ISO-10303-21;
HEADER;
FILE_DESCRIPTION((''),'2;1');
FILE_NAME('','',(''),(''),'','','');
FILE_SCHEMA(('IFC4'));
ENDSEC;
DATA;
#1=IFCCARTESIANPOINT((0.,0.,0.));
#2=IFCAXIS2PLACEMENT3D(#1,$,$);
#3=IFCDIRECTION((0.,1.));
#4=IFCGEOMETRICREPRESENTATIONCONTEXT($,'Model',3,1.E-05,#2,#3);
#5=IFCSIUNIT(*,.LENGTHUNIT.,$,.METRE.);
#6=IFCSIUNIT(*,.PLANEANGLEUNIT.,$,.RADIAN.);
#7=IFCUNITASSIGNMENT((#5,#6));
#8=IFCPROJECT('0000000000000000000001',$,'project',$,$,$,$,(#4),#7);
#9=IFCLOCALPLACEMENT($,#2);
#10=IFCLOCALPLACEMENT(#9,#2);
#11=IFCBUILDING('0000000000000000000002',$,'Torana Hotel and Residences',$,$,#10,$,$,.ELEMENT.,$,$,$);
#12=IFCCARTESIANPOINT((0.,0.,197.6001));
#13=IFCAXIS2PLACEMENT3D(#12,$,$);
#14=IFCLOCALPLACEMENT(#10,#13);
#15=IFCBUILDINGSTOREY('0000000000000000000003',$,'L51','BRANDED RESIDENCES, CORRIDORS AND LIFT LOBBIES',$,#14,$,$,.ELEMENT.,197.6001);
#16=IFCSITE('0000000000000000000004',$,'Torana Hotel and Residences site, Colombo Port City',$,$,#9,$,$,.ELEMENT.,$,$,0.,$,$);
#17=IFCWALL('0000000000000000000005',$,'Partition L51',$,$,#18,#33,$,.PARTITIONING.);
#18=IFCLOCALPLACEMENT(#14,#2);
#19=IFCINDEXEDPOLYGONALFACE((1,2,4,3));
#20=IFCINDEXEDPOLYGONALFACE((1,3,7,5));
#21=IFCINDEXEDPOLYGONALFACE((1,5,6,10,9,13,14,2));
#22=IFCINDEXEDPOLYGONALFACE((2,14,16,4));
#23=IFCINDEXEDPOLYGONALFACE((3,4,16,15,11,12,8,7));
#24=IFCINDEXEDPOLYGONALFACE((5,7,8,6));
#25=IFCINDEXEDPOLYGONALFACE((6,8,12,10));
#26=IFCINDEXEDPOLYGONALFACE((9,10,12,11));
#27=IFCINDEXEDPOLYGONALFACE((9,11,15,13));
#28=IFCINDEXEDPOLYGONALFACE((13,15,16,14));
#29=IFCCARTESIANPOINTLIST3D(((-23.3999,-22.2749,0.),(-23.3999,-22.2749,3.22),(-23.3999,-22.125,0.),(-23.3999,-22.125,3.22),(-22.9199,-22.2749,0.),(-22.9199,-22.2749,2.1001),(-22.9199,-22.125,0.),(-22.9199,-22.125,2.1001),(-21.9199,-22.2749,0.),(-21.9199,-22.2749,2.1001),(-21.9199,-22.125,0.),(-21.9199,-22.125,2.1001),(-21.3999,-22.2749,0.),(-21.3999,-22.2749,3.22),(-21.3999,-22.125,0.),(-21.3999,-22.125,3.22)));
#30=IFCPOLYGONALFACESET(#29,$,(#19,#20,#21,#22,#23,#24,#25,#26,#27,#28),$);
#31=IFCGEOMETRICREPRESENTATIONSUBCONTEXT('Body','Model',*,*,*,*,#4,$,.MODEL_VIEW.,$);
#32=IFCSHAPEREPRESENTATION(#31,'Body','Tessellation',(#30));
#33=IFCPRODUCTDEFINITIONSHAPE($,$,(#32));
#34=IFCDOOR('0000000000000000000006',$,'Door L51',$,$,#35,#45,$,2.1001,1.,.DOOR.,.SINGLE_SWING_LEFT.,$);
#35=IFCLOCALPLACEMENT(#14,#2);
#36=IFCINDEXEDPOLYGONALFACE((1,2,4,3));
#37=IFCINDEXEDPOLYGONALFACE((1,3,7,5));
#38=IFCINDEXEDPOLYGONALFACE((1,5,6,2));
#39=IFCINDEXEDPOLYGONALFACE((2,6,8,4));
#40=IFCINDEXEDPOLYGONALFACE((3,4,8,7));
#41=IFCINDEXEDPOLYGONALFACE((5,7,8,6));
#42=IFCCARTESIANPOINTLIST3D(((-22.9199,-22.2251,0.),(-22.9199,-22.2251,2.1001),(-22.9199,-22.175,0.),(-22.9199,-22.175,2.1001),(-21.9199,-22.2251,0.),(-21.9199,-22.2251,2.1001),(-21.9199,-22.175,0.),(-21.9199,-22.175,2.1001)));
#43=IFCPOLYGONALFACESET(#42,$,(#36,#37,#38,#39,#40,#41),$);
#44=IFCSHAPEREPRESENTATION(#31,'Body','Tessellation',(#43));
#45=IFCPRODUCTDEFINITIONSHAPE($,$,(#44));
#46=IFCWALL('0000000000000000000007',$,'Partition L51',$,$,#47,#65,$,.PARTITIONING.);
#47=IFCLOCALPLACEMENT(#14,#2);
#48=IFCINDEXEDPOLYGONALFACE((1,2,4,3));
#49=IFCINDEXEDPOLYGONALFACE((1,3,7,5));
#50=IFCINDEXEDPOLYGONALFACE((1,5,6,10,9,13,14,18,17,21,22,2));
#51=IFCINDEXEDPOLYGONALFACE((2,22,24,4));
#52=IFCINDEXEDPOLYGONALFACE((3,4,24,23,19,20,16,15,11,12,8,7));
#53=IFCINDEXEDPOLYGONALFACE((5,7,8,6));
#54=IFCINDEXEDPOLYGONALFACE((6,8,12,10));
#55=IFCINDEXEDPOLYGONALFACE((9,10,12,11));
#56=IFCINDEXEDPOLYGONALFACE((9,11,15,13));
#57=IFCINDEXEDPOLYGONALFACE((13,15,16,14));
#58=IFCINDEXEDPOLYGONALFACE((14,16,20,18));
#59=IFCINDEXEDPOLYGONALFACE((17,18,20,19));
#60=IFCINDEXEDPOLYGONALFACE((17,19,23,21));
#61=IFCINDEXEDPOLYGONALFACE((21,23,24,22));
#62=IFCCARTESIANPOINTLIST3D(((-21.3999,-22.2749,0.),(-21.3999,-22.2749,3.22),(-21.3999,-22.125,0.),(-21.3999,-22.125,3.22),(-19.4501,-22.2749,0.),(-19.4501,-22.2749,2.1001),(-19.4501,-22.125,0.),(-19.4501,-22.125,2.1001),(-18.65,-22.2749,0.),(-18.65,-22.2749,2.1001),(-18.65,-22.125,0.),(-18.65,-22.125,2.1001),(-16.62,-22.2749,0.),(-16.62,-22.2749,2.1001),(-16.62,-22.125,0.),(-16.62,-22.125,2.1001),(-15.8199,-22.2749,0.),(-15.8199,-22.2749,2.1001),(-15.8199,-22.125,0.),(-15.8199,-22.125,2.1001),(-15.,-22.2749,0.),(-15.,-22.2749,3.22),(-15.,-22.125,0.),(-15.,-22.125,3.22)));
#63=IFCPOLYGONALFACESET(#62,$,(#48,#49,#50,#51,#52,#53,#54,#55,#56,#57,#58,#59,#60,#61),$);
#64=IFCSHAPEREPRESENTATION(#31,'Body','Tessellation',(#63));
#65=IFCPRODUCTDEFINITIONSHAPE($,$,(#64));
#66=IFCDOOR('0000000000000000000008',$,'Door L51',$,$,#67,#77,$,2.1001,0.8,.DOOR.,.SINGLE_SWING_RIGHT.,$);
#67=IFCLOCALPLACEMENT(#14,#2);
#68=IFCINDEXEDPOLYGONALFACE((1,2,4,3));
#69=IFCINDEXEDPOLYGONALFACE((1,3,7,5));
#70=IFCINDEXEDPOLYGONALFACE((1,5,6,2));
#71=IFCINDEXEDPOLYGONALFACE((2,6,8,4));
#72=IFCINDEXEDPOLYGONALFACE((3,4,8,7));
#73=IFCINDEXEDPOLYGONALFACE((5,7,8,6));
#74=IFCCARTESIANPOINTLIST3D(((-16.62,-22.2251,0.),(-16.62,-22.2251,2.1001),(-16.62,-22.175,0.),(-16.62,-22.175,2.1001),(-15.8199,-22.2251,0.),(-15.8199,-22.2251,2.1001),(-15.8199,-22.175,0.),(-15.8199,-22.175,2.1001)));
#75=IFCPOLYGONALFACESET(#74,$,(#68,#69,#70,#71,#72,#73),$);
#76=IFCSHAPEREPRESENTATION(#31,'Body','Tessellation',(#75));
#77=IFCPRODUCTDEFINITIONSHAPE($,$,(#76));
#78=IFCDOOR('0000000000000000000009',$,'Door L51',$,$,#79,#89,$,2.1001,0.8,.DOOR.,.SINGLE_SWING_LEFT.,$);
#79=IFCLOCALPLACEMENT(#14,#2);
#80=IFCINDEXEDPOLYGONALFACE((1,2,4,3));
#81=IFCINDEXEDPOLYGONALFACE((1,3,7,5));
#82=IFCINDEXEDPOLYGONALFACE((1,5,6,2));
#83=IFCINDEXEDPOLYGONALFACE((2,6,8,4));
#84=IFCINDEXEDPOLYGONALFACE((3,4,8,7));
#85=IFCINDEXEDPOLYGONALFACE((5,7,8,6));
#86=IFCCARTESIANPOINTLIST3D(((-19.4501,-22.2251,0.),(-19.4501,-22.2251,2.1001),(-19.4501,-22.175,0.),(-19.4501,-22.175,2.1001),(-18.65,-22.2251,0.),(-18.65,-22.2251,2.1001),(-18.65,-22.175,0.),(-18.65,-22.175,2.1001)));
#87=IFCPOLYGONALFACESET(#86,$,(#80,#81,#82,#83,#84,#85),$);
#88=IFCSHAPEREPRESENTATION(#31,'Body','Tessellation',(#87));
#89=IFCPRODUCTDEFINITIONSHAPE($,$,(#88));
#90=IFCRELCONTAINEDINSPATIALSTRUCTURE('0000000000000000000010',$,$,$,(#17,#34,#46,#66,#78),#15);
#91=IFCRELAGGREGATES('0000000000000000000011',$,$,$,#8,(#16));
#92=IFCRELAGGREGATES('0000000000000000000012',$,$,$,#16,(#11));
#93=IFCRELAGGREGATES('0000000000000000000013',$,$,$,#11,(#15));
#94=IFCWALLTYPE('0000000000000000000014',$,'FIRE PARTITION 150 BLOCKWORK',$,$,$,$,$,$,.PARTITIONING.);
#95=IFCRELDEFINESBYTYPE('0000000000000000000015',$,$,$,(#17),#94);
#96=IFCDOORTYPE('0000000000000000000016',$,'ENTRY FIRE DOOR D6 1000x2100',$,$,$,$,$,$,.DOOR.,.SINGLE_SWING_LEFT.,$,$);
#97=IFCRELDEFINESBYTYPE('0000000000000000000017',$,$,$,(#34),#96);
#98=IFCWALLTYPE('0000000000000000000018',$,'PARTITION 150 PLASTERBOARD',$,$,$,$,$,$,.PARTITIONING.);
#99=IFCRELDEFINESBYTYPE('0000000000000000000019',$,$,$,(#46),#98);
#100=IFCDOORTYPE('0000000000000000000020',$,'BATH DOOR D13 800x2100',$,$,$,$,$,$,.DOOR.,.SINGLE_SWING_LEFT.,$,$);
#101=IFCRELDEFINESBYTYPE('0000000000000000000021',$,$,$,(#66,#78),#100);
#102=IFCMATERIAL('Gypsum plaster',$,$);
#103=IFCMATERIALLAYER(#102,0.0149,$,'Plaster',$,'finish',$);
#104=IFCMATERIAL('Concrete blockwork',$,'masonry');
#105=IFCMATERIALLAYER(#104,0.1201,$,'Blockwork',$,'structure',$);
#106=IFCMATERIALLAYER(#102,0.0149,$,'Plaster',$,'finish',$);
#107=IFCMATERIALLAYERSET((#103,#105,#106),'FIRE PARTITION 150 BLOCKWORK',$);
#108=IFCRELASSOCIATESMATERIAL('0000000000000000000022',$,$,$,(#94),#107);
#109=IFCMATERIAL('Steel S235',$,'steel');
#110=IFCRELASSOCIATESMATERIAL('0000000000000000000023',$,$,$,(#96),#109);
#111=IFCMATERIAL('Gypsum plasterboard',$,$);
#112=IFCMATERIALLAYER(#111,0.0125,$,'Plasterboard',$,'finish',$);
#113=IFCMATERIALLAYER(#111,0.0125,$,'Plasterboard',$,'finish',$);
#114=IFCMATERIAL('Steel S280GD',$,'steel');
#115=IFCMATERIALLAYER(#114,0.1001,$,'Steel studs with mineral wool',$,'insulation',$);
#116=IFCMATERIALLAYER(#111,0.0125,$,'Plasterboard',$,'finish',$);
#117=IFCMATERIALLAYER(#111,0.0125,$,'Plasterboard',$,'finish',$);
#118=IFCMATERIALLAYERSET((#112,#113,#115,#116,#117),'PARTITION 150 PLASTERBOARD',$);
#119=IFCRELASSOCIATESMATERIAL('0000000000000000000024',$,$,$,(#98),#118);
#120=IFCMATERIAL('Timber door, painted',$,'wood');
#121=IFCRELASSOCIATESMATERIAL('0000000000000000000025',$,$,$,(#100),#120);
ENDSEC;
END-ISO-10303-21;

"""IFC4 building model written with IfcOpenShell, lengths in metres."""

from ifc_helpers import new_model, si_unit, direction, frame, frame_2d, origin, place, context, subcontext, project, spatial, rectangle, extrude, material, layer, layer_set, type_object, element, fill, save


model = new_model("IFC4")

# Units and contexts
model_context = context("Model", 3, precision=1e-05, world=origin(), true_north=direction((0.0, 1.0)))
body_context = subcontext(model_context, "Body", "Model", "MODEL_VIEW")
ifc_project = project(units=[si_unit("LENGTHUNIT", "METRE"), si_unit("PLANEANGLEUNIT", "RADIAN")], contexts=[model_context])

# Site, building, storey
site_placement = place(None, origin())
site = spatial("IfcSite", under=ifc_project, at=site_placement, Name="Torana Hotel and Residences site, Colombo Port City", CompositionType="ELEMENT", RefElevation=0.0)
building_placement = place(site_placement, origin())
building = spatial("IfcBuilding", under=site, at=building_placement, Name="Torana Hotel and Residences", CompositionType="ELEMENT")
storey_placement = place(building_placement, frame((0.0, 0.0, 197.6001)))
storey = spatial("IfcBuildingStorey", under=building, at=storey_placement, Name="L51", Description="BRANDED RESIDENCES, CORRIDORS AND LIFT LOBBIES", CompositionType="ELEMENT", Elevation=197.6001)

# Shared definitions
ifc_material_1 = material(Name="Gypsum plaster")
ifc_layer_1 = layer(ifc_material_1, 0.0149, Name="Plaster", Category="finish")
ifc_material_2 = material(Name="Concrete blockwork", Category="masonry")
ifc_layer_2 = layer(ifc_material_2, 0.1201, Name="Blockwork", Category="structure")
ifc_layer_3 = layer(ifc_material_1, 0.0149, Name="Plaster", Category="finish")
ifc_layer_set_1 = layer_set([ifc_layer_1, ifc_layer_2, ifc_layer_3], Name="FIRE PARTITION 150 BLOCKWORK")
wall_type_1 = type_object("IfcWallType", Name="FIRE PARTITION 150 BLOCKWORK", PredefinedType="PARTITIONING", material=ifc_layer_set_1)

# Wall, opening, door
wall_1_placement = place(storey_placement, frame((-23.3999, -22.2, 0.0), z_axis=(0.0, 0.0, 1.0), x_axis=(1.0, 0.0, 0.0)))
wall_1 = element("IfcWall", 1, at=wall_1_placement, inside=storey, type_object=wall_type_1, Name="Partition L51", PredefinedType="PARTITIONING", context=body_context, shape_type="SweptSolid", body=[
    extrude(rectangle(XDim=2.0, YDim=0.1499, at=frame_2d((1.0, 0.0))), origin(), (0.0, 0.0, 1.0), 3.22),
])
opening_1_placement = place(wall_1_placement, frame((0.48, 0.0, 0.0)))
opening_1 = element("IfcOpeningElement", 2, at=opening_1_placement, cuts=wall_1, PredefinedType="OPENING", context=body_context, shape_type="SweptSolid", body=[
    extrude(rectangle(XDim=1.0, YDim=2.1001, at=frame_2d((0.5, 1.05))), frame((0.0, 0.085, 0.0), z_axis=(0.0, -1.0, 0.0), x_axis=(1.0, 0.0, 0.0)), (0.0, 0.0, 1.0), 0.1699),
])
ifc_material_3 = material(Name="Steel S235", Category="steel")
door_type_1 = type_object("IfcDoorType", Name="ENTRY FIRE DOOR D6 1000x2100", OperationType="SINGLE_SWING_LEFT", PredefinedType="DOOR", material=ifc_material_3)
door_1_placement = place(opening_1_placement, frame((0.5, 0.0, 0.0), z_axis=(0.0, 0.0, 1.0), x_axis=(-1.0, 0.0, 0.0)))
door_1 = element("IfcDoor", 3, at=door_1_placement, inside=storey, type_object=door_type_1, Name="Door L51", OperationType="SINGLE_SWING_LEFT", OverallHeight=2.1001, OverallWidth=1.0, PredefinedType="DOOR", context=body_context, shape_type="SweptSolid", body=[
    extrude(rectangle(XDim=1.0, YDim=2.1001, at=frame_2d((0.0, 1.05))), frame((0.0, -0.0249, 0.0), z_axis=(0.0, 1.0, 0.0), x_axis=(-1.0, 0.0, 0.0)), (0.0, 0.0, 1.0), 0.05),
])
fill(opening_1, door_1)

# Wall, openings, doors
ifc_material_4 = material(Name="Gypsum plasterboard")
ifc_layer_4 = layer(ifc_material_4, 0.0125, Name="Plasterboard", Category="finish")
ifc_layer_5 = layer(ifc_material_4, 0.0125, Name="Plasterboard", Category="finish")
ifc_material_5 = material(Name="Steel S280GD", Category="steel")
ifc_layer_6 = layer(ifc_material_5, 0.1001, Name="Steel studs with mineral wool", Category="insulation")
ifc_layer_7 = layer(ifc_material_4, 0.0125, Name="Plasterboard", Category="finish")
ifc_layer_8 = layer(ifc_material_4, 0.0125, Name="Plasterboard", Category="finish")
ifc_layer_set_2 = layer_set([ifc_layer_4, ifc_layer_5, ifc_layer_6, ifc_layer_7, ifc_layer_8], Name="PARTITION 150 PLASTERBOARD")
wall_type_2 = type_object("IfcWallType", Name="PARTITION 150 PLASTERBOARD", PredefinedType="PARTITIONING", material=ifc_layer_set_2)
wall_2_placement = place(storey_placement, frame((-21.3999, -22.2, 0.0), z_axis=(0.0, 0.0, 1.0), x_axis=(1.0, 0.0, 0.0)))
wall_2 = element("IfcWall", 4, at=wall_2_placement, inside=storey, type_object=wall_type_2, Name="Partition L51", PredefinedType="PARTITIONING", context=body_context, shape_type="SweptSolid", body=[
    extrude(rectangle(XDim=6.3999, YDim=0.1499, at=frame_2d((3.2, 0.0))), origin(), (0.0, 0.0, 1.0), 3.22),
])
opening_2_placement = place(wall_2_placement, frame((4.78, 0.0, 0.0)))
opening_2 = element("IfcOpeningElement", 5, at=opening_2_placement, cuts=wall_2, PredefinedType="OPENING", context=body_context, shape_type="SweptSolid", body=[
    extrude(rectangle(XDim=0.8, YDim=2.1001, at=frame_2d((0.3999, 1.05))), frame((0.0, 0.085, 0.0), z_axis=(0.0, -1.0, 0.0), x_axis=(1.0, 0.0, 0.0)), (0.0, 0.0, 1.0), 0.1699),
])
opening_3_placement = place(wall_2_placement, frame((1.95, 0.0, 0.0)))
opening_3 = element("IfcOpeningElement", 6, at=opening_3_placement, cuts=wall_2, PredefinedType="OPENING", context=body_context, shape_type="SweptSolid", body=[
    extrude(rectangle(XDim=0.8, YDim=2.1001, at=frame_2d((0.3999, 1.05))), frame((0.0, 0.085, 0.0), z_axis=(0.0, -1.0, 0.0), x_axis=(1.0, 0.0, 0.0)), (0.0, 0.0, 1.0), 0.1699),
])
ifc_material_6 = material(Name="Timber door, painted", Category="wood")
door_type_2 = type_object("IfcDoorType", Name="BATH DOOR D13 800x2100", OperationType="SINGLE_SWING_LEFT", PredefinedType="DOOR", material=ifc_material_6)
door_2_placement = place(opening_2_placement, origin())
door_2 = element("IfcDoor", 7, at=door_2_placement, inside=storey, type_object=door_type_2, Name="Door L51", OperationType="SINGLE_SWING_RIGHT", OverallHeight=2.1001, OverallWidth=0.8, PredefinedType="DOOR", context=body_context, shape_type="SweptSolid", body=[
    extrude(rectangle(XDim=0.8, YDim=2.1001, at=frame_2d((0.3999, 1.05))), frame((0.0, 0.0249, 0.0), z_axis=(0.0, -1.0, 0.0), x_axis=(1.0, 0.0, 0.0)), (0.0, 0.0, 1.0), 0.05),
])
fill(opening_2, door_2)
door_3_placement = place(opening_3_placement, origin())
door_3 = element("IfcDoor", 8, at=door_3_placement, inside=storey, type_object=door_type_2, Name="Door L51", OperationType="SINGLE_SWING_LEFT", OverallHeight=2.1001, OverallWidth=0.8, PredefinedType="DOOR", context=body_context, shape_type="SweptSolid", body=[
    extrude(rectangle(XDim=0.8, YDim=2.1001, at=frame_2d((0.3999, 1.05))), frame((0.0, 0.0249, 0.0), z_axis=(0.0, -1.0, 0.0), x_axis=(1.0, 0.0, 0.0)), (0.0, 0.0, 1.0), 0.05),
])
fill(opening_3, door_3)

save(model, "model.ifc")
